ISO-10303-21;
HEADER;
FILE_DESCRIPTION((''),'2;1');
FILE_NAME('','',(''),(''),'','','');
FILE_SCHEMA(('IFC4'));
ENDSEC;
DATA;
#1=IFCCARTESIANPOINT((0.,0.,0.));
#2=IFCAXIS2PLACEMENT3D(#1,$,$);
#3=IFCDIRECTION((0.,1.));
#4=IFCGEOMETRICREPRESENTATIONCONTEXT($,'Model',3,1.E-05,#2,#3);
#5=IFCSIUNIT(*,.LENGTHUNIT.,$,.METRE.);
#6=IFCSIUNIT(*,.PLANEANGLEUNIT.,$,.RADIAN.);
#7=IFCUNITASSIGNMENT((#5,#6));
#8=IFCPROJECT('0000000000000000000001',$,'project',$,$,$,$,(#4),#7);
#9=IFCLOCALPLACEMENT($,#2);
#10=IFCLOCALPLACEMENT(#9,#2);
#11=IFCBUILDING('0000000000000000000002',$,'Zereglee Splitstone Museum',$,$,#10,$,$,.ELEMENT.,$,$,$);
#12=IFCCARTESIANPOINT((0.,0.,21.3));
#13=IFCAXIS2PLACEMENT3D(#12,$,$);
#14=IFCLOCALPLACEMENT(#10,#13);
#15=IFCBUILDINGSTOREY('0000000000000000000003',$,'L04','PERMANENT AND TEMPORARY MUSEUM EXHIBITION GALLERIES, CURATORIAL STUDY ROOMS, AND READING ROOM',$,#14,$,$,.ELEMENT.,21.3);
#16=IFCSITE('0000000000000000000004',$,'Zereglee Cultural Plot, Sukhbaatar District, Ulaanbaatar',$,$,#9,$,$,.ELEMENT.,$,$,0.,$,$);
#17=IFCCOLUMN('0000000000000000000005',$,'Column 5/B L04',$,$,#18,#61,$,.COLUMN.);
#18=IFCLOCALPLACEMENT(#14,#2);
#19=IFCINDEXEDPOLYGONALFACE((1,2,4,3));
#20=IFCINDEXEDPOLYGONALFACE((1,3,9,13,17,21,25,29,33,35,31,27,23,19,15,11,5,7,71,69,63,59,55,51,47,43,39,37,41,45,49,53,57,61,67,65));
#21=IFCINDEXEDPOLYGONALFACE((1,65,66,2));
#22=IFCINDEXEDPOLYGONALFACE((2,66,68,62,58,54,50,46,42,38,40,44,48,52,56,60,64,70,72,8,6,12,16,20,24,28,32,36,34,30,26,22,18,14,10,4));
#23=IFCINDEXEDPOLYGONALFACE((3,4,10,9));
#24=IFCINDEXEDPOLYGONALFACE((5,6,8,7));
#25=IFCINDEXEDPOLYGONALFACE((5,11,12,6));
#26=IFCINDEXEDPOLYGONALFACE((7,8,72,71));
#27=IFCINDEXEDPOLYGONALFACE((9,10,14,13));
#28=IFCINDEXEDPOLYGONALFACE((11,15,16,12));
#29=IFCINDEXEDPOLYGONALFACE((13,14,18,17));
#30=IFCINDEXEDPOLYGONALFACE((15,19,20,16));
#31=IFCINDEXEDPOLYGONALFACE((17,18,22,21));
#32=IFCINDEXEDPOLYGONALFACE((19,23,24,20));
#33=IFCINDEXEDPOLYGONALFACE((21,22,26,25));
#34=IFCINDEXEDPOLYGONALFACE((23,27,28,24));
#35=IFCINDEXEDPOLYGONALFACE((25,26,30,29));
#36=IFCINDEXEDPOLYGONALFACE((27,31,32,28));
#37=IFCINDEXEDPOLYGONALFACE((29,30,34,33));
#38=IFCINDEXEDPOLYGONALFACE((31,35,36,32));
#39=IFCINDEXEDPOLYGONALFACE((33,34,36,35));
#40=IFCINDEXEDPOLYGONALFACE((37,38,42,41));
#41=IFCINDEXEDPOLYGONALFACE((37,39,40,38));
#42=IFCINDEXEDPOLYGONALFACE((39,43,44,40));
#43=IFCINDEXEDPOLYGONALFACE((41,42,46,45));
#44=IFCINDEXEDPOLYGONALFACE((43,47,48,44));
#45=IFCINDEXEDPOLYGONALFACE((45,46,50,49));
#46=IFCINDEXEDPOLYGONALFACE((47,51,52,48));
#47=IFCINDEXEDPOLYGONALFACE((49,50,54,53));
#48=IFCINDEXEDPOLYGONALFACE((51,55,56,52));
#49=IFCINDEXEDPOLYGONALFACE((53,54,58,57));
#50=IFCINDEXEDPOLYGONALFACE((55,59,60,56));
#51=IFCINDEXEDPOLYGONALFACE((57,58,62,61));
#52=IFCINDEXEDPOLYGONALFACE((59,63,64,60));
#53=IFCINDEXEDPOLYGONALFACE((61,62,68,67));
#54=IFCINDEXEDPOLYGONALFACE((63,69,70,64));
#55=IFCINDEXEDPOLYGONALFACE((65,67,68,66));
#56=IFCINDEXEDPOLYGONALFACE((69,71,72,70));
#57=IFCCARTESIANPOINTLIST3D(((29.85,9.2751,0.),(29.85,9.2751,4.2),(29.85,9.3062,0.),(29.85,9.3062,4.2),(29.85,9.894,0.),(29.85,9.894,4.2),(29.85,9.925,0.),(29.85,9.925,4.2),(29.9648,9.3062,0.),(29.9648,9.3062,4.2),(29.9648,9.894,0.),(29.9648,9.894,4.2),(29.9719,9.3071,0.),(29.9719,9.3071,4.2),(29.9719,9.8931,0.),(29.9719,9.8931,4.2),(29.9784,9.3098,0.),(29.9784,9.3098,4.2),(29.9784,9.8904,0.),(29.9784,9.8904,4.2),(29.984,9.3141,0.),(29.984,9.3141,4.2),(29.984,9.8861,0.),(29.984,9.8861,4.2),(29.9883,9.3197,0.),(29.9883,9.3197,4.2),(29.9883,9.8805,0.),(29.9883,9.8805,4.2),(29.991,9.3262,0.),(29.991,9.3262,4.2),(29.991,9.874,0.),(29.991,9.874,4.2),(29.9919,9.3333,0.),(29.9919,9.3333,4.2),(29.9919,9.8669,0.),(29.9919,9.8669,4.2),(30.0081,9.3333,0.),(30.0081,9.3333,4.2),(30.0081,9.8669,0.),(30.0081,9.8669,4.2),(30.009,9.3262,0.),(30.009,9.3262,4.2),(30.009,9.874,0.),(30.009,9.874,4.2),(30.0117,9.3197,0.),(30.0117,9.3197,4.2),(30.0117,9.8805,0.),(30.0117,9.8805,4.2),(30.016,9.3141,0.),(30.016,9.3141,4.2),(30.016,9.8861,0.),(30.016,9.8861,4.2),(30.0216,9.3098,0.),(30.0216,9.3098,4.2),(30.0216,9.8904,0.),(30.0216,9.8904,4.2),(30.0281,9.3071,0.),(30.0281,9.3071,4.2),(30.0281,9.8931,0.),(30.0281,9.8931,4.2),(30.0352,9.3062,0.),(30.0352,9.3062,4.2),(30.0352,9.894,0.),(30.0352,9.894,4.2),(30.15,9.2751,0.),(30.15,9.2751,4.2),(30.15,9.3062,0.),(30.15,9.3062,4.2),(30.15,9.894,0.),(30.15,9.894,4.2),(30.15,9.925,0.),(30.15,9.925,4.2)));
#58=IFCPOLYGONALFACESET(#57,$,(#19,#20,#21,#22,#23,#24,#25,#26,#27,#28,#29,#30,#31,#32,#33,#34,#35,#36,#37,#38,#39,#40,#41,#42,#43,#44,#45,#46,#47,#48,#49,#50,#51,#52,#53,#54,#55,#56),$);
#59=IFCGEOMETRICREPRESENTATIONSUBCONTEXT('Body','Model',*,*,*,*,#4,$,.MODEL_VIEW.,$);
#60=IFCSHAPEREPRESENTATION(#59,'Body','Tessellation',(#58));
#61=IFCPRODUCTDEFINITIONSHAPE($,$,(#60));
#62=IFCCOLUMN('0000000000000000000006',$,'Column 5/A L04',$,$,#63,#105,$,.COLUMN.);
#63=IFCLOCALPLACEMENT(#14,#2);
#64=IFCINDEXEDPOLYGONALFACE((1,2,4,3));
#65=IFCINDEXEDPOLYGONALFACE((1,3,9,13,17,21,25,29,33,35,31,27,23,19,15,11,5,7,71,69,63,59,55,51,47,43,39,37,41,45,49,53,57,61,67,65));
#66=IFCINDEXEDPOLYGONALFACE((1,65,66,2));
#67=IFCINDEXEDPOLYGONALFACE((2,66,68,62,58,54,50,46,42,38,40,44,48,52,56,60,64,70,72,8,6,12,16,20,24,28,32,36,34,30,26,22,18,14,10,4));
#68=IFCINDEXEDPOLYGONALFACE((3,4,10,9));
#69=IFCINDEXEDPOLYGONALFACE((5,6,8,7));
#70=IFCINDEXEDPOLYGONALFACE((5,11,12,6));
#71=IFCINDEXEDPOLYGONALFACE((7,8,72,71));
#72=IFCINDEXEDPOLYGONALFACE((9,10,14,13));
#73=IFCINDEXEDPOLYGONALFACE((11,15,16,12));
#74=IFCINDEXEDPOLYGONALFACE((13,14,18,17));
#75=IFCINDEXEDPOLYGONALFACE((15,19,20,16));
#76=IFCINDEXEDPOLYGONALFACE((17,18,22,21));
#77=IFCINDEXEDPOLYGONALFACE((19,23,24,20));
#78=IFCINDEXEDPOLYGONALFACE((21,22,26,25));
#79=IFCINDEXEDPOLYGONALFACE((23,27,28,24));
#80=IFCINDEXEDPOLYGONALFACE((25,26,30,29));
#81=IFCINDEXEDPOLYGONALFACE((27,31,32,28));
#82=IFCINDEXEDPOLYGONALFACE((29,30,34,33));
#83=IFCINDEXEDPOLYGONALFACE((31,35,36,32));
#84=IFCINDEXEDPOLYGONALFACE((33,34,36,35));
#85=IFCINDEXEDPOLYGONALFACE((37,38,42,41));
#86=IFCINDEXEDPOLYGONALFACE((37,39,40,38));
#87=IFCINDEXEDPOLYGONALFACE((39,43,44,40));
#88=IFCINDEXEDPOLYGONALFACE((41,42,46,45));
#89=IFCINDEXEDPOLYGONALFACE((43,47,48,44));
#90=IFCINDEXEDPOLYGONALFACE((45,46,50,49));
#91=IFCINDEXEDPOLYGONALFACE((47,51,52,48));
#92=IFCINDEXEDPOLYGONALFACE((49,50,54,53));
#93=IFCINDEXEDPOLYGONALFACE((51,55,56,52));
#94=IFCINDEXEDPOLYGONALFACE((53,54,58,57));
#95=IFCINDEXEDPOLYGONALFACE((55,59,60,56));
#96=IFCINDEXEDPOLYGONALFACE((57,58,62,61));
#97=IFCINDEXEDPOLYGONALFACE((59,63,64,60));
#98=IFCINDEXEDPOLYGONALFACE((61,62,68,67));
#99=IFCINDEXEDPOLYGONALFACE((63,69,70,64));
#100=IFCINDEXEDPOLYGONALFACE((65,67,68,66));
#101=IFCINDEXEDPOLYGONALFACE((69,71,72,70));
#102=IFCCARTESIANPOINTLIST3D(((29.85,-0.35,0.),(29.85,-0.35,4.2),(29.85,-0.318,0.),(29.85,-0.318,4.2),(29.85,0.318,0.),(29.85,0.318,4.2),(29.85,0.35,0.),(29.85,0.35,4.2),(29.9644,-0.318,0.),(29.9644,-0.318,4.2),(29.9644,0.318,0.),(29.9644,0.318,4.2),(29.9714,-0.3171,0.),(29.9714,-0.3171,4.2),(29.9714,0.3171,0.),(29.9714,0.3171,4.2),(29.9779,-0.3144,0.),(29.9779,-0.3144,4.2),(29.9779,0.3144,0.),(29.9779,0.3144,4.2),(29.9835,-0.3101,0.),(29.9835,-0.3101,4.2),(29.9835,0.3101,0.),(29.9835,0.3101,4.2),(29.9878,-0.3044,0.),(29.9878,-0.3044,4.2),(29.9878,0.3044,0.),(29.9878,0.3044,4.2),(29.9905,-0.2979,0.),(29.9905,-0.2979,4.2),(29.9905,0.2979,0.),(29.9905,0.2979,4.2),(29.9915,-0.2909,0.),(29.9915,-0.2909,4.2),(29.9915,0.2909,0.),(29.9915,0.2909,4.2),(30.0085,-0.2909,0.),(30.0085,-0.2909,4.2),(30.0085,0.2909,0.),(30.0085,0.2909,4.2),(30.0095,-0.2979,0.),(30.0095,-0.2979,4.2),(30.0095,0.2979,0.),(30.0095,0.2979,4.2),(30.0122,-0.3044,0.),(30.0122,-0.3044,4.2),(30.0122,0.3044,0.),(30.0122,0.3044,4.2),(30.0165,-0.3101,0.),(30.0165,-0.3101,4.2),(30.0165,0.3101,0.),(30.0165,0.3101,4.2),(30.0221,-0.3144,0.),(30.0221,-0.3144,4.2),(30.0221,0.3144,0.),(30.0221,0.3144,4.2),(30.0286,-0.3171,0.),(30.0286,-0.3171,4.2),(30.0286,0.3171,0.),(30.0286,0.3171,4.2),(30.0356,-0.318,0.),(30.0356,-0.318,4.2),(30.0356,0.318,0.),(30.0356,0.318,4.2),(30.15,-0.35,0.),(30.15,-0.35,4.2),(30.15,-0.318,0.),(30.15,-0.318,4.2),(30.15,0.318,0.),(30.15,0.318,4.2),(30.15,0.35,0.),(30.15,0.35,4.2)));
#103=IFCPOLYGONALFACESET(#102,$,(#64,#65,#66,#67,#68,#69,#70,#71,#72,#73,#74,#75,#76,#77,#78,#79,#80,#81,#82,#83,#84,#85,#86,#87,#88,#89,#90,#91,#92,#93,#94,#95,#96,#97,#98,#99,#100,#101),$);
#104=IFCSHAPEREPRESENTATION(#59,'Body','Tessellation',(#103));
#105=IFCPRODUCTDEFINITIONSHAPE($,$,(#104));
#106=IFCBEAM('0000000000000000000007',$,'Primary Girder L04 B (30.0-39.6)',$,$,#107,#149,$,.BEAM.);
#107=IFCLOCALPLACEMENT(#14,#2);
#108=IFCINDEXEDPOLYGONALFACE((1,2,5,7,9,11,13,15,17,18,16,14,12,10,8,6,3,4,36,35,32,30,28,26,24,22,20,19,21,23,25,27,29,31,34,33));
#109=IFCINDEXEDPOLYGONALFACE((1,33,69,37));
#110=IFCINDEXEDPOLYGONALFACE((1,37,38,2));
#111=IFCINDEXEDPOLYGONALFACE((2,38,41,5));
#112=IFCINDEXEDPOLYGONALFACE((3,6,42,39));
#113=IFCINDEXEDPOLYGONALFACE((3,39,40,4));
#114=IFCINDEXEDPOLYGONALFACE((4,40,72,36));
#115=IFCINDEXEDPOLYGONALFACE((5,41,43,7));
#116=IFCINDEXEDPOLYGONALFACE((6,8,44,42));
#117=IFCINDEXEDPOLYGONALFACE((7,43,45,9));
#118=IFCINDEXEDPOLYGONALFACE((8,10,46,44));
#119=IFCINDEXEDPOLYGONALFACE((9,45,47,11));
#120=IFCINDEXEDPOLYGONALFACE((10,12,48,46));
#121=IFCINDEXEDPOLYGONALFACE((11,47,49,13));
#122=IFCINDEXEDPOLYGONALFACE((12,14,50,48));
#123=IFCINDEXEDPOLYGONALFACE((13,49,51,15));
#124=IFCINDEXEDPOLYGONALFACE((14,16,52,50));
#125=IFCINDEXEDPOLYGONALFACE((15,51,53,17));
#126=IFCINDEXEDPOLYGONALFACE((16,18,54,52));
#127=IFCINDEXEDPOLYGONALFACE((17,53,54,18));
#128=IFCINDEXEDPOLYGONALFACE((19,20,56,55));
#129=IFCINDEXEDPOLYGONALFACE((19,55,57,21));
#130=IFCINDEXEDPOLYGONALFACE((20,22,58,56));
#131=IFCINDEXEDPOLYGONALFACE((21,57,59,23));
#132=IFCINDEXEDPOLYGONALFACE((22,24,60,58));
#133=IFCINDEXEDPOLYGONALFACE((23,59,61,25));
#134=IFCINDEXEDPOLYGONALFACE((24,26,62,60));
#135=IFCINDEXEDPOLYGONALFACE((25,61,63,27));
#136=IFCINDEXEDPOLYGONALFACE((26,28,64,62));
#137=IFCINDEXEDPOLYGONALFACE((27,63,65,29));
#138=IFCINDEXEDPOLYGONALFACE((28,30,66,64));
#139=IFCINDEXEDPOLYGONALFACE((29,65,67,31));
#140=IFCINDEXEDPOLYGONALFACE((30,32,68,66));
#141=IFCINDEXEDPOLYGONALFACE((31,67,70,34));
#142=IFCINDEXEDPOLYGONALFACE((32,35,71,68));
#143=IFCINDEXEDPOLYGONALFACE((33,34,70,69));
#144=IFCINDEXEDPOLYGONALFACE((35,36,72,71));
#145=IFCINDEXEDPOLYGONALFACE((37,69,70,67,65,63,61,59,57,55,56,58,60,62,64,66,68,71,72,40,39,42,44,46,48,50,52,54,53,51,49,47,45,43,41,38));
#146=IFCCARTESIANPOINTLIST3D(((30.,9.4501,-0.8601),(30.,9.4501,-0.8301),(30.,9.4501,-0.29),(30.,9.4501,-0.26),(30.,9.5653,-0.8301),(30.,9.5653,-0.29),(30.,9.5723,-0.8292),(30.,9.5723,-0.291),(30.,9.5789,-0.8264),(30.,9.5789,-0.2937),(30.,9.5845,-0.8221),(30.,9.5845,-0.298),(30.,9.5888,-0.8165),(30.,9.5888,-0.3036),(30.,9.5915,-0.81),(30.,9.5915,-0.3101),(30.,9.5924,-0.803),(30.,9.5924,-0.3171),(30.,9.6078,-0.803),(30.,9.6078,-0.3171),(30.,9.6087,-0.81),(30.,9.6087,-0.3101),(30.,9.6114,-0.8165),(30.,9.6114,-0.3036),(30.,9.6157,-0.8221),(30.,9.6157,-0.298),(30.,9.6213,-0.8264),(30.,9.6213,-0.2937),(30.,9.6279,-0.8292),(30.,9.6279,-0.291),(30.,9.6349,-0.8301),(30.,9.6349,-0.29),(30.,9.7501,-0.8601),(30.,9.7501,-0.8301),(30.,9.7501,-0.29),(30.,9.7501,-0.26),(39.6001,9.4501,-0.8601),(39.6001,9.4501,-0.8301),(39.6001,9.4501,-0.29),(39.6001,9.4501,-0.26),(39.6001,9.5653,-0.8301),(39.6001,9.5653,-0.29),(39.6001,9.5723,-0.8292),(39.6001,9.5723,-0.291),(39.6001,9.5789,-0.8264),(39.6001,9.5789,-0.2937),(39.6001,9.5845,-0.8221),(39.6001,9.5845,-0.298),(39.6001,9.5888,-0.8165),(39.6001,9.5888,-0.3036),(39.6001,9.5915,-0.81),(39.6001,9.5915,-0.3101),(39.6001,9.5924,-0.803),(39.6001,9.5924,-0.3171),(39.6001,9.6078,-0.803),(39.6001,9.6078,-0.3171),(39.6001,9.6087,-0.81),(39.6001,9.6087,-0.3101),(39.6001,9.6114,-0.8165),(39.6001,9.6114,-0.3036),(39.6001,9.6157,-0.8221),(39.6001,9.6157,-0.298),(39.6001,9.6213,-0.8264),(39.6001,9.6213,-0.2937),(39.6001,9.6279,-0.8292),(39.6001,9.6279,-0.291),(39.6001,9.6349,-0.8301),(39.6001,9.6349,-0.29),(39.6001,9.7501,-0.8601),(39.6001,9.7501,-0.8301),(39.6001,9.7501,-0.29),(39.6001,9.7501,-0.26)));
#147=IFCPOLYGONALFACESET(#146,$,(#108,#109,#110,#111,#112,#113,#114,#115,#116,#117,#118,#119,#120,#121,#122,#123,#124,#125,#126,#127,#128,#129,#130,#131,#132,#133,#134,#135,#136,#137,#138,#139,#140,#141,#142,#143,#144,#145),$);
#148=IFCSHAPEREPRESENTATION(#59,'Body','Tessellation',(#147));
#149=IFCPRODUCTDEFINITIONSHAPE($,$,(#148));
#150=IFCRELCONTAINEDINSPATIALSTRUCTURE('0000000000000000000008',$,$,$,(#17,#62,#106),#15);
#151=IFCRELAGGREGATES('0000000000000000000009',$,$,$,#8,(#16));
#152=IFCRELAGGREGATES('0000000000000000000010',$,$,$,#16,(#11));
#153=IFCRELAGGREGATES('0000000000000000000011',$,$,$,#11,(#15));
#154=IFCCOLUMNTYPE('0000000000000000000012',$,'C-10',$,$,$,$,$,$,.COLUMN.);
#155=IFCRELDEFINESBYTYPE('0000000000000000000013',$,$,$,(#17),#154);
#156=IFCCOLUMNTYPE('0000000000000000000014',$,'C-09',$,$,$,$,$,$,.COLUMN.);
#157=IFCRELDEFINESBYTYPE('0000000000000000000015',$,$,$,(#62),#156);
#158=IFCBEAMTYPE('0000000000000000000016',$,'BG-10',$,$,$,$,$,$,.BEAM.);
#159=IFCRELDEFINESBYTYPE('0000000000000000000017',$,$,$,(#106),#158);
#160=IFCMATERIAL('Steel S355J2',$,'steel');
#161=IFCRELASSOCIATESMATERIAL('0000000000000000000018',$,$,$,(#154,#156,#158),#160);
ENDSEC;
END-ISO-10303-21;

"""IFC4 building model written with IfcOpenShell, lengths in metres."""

from ifc_helpers import new_model, si_unit, direction, frame, origin, origin_2d, place, context, subcontext, project, spatial, i_section, extrude, material, material_profile, profile_set, type_object, element, save


model = new_model("IFC4")

# Units and contexts
model_context = context("Model", 3, precision=1e-05, world=origin(), true_north=direction((0.0, 1.0)))
body_context = subcontext(model_context, "Body", "Model", "MODEL_VIEW")
ifc_project = project(units=[si_unit("LENGTHUNIT", "METRE"), si_unit("PLANEANGLEUNIT", "RADIAN")], contexts=[model_context])

# Site, building, storey
site_placement = place(None, origin())
site = spatial("IfcSite", under=ifc_project, at=site_placement, Name="Zereglee Cultural Plot, Sukhbaatar District, Ulaanbaatar", CompositionType="ELEMENT", RefElevation=0.0)
building_placement = place(site_placement, origin())
building = spatial("IfcBuilding", under=site, at=building_placement, Name="Zereglee Splitstone Museum", CompositionType="ELEMENT")
storey_placement = place(building_placement, frame((0.0, 0.0, 21.3)))
storey = spatial("IfcBuildingStorey", under=building, at=storey_placement, Name="L04", Description="PERMANENT AND TEMPORARY MUSEUM EXHIBITION GALLERIES, CURATORIAL STUDY ROOMS, AND READING ROOM", CompositionType="ELEMENT", Elevation=21.3)

# Columns
ifc_material_1 = material(Name="Steel S355J2", Category="steel")
ifc_material_profile_1 = material_profile(ifc_material_1, i_section(OverallWidth=0.3, OverallDepth=0.6499, WebThickness=0.0161, FlangeThickness=0.031, FilletRadius=0.0271, at=origin_2d()), Name="HE 650 B")
ifc_profile_set_1 = profile_set([ifc_material_profile_1], Name="Steel S355J2")
column_type_1 = type_object("IfcColumnType", Name="C-10", PredefinedType="COLUMN", material=ifc_profile_set_1)
column_1_placement = place(storey_placement, frame((30.0, 9.6001, 0.0), z_axis=(0.0, 0.0, 1.0), x_axis=(1.0, 0.0, 0.0)))
element("IfcColumn", 1, at=column_1_placement, inside=storey, type_object=column_type_1, Name="Column 5/B L04", PredefinedType="COLUMN", context=body_context, shape_type="SweptSolid", body=[
    extrude(i_section(OverallWidth=0.3, OverallDepth=0.6499, WebThickness=0.0161, FlangeThickness=0.031, FilletRadius=0.0271, at=origin_2d()), origin(), (0.0, 0.0, 1.0), 4.2),
])
ifc_material_profile_2 = material_profile(ifc_material_1, i_section(OverallWidth=0.3, OverallDepth=0.7, WebThickness=0.0171, FlangeThickness=0.032, FilletRadius=0.0271, at=origin_2d()), Name="HE 700 B")
ifc_profile_set_2 = profile_set([ifc_material_profile_2], Name="Steel S355J2")
column_type_2 = type_object("IfcColumnType", Name="C-09", PredefinedType="COLUMN", material=ifc_profile_set_2)
column_2_placement = place(storey_placement, frame((30.0, 0.0, 0.0), z_axis=(0.0, 0.0, 1.0), x_axis=(1.0, 0.0, 0.0)))
element("IfcColumn", 2, at=column_2_placement, inside=storey, type_object=column_type_2, Name="Column 5/A L04", PredefinedType="COLUMN", context=body_context, shape_type="SweptSolid", body=[
    extrude(i_section(OverallWidth=0.3, OverallDepth=0.7, WebThickness=0.0171, FlangeThickness=0.032, FilletRadius=0.0271, at=origin_2d()), origin(), (0.0, 0.0, 1.0), 4.2),
])

# Beam
ifc_material_profile_3 = material_profile(ifc_material_1, i_section(OverallWidth=0.3, OverallDepth=0.6001, WebThickness=0.0154, FlangeThickness=0.03, FilletRadius=0.0271, at=origin_2d()), Name="HE 600 B")
ifc_profile_set_3 = profile_set([ifc_material_profile_3], Name="Steel S355J2")
beam_type_1 = type_object("IfcBeamType", Name="BG-10", PredefinedType="BEAM", material=ifc_profile_set_3)
beam_1_placement = place(storey_placement, frame((30.0, 9.6001, -0.5601), z_axis=(1.0, 0.0, 0.0), x_axis=(0.0, 1.0, 0.0)))
element("IfcBeam", 3, at=beam_1_placement, inside=storey, type_object=beam_type_1, Name="Primary Girder L04 B (30.0-39.6)", PredefinedType="BEAM", context=body_context, shape_type="SweptSolid", body=[
    extrude(i_section(OverallWidth=0.3, OverallDepth=0.6001, WebThickness=0.0154, FlangeThickness=0.03, FilletRadius=0.0271, at=origin_2d()), origin(), (0.0, 0.0, 1.0), 9.6001),
])

save(model, "model.ifc")
